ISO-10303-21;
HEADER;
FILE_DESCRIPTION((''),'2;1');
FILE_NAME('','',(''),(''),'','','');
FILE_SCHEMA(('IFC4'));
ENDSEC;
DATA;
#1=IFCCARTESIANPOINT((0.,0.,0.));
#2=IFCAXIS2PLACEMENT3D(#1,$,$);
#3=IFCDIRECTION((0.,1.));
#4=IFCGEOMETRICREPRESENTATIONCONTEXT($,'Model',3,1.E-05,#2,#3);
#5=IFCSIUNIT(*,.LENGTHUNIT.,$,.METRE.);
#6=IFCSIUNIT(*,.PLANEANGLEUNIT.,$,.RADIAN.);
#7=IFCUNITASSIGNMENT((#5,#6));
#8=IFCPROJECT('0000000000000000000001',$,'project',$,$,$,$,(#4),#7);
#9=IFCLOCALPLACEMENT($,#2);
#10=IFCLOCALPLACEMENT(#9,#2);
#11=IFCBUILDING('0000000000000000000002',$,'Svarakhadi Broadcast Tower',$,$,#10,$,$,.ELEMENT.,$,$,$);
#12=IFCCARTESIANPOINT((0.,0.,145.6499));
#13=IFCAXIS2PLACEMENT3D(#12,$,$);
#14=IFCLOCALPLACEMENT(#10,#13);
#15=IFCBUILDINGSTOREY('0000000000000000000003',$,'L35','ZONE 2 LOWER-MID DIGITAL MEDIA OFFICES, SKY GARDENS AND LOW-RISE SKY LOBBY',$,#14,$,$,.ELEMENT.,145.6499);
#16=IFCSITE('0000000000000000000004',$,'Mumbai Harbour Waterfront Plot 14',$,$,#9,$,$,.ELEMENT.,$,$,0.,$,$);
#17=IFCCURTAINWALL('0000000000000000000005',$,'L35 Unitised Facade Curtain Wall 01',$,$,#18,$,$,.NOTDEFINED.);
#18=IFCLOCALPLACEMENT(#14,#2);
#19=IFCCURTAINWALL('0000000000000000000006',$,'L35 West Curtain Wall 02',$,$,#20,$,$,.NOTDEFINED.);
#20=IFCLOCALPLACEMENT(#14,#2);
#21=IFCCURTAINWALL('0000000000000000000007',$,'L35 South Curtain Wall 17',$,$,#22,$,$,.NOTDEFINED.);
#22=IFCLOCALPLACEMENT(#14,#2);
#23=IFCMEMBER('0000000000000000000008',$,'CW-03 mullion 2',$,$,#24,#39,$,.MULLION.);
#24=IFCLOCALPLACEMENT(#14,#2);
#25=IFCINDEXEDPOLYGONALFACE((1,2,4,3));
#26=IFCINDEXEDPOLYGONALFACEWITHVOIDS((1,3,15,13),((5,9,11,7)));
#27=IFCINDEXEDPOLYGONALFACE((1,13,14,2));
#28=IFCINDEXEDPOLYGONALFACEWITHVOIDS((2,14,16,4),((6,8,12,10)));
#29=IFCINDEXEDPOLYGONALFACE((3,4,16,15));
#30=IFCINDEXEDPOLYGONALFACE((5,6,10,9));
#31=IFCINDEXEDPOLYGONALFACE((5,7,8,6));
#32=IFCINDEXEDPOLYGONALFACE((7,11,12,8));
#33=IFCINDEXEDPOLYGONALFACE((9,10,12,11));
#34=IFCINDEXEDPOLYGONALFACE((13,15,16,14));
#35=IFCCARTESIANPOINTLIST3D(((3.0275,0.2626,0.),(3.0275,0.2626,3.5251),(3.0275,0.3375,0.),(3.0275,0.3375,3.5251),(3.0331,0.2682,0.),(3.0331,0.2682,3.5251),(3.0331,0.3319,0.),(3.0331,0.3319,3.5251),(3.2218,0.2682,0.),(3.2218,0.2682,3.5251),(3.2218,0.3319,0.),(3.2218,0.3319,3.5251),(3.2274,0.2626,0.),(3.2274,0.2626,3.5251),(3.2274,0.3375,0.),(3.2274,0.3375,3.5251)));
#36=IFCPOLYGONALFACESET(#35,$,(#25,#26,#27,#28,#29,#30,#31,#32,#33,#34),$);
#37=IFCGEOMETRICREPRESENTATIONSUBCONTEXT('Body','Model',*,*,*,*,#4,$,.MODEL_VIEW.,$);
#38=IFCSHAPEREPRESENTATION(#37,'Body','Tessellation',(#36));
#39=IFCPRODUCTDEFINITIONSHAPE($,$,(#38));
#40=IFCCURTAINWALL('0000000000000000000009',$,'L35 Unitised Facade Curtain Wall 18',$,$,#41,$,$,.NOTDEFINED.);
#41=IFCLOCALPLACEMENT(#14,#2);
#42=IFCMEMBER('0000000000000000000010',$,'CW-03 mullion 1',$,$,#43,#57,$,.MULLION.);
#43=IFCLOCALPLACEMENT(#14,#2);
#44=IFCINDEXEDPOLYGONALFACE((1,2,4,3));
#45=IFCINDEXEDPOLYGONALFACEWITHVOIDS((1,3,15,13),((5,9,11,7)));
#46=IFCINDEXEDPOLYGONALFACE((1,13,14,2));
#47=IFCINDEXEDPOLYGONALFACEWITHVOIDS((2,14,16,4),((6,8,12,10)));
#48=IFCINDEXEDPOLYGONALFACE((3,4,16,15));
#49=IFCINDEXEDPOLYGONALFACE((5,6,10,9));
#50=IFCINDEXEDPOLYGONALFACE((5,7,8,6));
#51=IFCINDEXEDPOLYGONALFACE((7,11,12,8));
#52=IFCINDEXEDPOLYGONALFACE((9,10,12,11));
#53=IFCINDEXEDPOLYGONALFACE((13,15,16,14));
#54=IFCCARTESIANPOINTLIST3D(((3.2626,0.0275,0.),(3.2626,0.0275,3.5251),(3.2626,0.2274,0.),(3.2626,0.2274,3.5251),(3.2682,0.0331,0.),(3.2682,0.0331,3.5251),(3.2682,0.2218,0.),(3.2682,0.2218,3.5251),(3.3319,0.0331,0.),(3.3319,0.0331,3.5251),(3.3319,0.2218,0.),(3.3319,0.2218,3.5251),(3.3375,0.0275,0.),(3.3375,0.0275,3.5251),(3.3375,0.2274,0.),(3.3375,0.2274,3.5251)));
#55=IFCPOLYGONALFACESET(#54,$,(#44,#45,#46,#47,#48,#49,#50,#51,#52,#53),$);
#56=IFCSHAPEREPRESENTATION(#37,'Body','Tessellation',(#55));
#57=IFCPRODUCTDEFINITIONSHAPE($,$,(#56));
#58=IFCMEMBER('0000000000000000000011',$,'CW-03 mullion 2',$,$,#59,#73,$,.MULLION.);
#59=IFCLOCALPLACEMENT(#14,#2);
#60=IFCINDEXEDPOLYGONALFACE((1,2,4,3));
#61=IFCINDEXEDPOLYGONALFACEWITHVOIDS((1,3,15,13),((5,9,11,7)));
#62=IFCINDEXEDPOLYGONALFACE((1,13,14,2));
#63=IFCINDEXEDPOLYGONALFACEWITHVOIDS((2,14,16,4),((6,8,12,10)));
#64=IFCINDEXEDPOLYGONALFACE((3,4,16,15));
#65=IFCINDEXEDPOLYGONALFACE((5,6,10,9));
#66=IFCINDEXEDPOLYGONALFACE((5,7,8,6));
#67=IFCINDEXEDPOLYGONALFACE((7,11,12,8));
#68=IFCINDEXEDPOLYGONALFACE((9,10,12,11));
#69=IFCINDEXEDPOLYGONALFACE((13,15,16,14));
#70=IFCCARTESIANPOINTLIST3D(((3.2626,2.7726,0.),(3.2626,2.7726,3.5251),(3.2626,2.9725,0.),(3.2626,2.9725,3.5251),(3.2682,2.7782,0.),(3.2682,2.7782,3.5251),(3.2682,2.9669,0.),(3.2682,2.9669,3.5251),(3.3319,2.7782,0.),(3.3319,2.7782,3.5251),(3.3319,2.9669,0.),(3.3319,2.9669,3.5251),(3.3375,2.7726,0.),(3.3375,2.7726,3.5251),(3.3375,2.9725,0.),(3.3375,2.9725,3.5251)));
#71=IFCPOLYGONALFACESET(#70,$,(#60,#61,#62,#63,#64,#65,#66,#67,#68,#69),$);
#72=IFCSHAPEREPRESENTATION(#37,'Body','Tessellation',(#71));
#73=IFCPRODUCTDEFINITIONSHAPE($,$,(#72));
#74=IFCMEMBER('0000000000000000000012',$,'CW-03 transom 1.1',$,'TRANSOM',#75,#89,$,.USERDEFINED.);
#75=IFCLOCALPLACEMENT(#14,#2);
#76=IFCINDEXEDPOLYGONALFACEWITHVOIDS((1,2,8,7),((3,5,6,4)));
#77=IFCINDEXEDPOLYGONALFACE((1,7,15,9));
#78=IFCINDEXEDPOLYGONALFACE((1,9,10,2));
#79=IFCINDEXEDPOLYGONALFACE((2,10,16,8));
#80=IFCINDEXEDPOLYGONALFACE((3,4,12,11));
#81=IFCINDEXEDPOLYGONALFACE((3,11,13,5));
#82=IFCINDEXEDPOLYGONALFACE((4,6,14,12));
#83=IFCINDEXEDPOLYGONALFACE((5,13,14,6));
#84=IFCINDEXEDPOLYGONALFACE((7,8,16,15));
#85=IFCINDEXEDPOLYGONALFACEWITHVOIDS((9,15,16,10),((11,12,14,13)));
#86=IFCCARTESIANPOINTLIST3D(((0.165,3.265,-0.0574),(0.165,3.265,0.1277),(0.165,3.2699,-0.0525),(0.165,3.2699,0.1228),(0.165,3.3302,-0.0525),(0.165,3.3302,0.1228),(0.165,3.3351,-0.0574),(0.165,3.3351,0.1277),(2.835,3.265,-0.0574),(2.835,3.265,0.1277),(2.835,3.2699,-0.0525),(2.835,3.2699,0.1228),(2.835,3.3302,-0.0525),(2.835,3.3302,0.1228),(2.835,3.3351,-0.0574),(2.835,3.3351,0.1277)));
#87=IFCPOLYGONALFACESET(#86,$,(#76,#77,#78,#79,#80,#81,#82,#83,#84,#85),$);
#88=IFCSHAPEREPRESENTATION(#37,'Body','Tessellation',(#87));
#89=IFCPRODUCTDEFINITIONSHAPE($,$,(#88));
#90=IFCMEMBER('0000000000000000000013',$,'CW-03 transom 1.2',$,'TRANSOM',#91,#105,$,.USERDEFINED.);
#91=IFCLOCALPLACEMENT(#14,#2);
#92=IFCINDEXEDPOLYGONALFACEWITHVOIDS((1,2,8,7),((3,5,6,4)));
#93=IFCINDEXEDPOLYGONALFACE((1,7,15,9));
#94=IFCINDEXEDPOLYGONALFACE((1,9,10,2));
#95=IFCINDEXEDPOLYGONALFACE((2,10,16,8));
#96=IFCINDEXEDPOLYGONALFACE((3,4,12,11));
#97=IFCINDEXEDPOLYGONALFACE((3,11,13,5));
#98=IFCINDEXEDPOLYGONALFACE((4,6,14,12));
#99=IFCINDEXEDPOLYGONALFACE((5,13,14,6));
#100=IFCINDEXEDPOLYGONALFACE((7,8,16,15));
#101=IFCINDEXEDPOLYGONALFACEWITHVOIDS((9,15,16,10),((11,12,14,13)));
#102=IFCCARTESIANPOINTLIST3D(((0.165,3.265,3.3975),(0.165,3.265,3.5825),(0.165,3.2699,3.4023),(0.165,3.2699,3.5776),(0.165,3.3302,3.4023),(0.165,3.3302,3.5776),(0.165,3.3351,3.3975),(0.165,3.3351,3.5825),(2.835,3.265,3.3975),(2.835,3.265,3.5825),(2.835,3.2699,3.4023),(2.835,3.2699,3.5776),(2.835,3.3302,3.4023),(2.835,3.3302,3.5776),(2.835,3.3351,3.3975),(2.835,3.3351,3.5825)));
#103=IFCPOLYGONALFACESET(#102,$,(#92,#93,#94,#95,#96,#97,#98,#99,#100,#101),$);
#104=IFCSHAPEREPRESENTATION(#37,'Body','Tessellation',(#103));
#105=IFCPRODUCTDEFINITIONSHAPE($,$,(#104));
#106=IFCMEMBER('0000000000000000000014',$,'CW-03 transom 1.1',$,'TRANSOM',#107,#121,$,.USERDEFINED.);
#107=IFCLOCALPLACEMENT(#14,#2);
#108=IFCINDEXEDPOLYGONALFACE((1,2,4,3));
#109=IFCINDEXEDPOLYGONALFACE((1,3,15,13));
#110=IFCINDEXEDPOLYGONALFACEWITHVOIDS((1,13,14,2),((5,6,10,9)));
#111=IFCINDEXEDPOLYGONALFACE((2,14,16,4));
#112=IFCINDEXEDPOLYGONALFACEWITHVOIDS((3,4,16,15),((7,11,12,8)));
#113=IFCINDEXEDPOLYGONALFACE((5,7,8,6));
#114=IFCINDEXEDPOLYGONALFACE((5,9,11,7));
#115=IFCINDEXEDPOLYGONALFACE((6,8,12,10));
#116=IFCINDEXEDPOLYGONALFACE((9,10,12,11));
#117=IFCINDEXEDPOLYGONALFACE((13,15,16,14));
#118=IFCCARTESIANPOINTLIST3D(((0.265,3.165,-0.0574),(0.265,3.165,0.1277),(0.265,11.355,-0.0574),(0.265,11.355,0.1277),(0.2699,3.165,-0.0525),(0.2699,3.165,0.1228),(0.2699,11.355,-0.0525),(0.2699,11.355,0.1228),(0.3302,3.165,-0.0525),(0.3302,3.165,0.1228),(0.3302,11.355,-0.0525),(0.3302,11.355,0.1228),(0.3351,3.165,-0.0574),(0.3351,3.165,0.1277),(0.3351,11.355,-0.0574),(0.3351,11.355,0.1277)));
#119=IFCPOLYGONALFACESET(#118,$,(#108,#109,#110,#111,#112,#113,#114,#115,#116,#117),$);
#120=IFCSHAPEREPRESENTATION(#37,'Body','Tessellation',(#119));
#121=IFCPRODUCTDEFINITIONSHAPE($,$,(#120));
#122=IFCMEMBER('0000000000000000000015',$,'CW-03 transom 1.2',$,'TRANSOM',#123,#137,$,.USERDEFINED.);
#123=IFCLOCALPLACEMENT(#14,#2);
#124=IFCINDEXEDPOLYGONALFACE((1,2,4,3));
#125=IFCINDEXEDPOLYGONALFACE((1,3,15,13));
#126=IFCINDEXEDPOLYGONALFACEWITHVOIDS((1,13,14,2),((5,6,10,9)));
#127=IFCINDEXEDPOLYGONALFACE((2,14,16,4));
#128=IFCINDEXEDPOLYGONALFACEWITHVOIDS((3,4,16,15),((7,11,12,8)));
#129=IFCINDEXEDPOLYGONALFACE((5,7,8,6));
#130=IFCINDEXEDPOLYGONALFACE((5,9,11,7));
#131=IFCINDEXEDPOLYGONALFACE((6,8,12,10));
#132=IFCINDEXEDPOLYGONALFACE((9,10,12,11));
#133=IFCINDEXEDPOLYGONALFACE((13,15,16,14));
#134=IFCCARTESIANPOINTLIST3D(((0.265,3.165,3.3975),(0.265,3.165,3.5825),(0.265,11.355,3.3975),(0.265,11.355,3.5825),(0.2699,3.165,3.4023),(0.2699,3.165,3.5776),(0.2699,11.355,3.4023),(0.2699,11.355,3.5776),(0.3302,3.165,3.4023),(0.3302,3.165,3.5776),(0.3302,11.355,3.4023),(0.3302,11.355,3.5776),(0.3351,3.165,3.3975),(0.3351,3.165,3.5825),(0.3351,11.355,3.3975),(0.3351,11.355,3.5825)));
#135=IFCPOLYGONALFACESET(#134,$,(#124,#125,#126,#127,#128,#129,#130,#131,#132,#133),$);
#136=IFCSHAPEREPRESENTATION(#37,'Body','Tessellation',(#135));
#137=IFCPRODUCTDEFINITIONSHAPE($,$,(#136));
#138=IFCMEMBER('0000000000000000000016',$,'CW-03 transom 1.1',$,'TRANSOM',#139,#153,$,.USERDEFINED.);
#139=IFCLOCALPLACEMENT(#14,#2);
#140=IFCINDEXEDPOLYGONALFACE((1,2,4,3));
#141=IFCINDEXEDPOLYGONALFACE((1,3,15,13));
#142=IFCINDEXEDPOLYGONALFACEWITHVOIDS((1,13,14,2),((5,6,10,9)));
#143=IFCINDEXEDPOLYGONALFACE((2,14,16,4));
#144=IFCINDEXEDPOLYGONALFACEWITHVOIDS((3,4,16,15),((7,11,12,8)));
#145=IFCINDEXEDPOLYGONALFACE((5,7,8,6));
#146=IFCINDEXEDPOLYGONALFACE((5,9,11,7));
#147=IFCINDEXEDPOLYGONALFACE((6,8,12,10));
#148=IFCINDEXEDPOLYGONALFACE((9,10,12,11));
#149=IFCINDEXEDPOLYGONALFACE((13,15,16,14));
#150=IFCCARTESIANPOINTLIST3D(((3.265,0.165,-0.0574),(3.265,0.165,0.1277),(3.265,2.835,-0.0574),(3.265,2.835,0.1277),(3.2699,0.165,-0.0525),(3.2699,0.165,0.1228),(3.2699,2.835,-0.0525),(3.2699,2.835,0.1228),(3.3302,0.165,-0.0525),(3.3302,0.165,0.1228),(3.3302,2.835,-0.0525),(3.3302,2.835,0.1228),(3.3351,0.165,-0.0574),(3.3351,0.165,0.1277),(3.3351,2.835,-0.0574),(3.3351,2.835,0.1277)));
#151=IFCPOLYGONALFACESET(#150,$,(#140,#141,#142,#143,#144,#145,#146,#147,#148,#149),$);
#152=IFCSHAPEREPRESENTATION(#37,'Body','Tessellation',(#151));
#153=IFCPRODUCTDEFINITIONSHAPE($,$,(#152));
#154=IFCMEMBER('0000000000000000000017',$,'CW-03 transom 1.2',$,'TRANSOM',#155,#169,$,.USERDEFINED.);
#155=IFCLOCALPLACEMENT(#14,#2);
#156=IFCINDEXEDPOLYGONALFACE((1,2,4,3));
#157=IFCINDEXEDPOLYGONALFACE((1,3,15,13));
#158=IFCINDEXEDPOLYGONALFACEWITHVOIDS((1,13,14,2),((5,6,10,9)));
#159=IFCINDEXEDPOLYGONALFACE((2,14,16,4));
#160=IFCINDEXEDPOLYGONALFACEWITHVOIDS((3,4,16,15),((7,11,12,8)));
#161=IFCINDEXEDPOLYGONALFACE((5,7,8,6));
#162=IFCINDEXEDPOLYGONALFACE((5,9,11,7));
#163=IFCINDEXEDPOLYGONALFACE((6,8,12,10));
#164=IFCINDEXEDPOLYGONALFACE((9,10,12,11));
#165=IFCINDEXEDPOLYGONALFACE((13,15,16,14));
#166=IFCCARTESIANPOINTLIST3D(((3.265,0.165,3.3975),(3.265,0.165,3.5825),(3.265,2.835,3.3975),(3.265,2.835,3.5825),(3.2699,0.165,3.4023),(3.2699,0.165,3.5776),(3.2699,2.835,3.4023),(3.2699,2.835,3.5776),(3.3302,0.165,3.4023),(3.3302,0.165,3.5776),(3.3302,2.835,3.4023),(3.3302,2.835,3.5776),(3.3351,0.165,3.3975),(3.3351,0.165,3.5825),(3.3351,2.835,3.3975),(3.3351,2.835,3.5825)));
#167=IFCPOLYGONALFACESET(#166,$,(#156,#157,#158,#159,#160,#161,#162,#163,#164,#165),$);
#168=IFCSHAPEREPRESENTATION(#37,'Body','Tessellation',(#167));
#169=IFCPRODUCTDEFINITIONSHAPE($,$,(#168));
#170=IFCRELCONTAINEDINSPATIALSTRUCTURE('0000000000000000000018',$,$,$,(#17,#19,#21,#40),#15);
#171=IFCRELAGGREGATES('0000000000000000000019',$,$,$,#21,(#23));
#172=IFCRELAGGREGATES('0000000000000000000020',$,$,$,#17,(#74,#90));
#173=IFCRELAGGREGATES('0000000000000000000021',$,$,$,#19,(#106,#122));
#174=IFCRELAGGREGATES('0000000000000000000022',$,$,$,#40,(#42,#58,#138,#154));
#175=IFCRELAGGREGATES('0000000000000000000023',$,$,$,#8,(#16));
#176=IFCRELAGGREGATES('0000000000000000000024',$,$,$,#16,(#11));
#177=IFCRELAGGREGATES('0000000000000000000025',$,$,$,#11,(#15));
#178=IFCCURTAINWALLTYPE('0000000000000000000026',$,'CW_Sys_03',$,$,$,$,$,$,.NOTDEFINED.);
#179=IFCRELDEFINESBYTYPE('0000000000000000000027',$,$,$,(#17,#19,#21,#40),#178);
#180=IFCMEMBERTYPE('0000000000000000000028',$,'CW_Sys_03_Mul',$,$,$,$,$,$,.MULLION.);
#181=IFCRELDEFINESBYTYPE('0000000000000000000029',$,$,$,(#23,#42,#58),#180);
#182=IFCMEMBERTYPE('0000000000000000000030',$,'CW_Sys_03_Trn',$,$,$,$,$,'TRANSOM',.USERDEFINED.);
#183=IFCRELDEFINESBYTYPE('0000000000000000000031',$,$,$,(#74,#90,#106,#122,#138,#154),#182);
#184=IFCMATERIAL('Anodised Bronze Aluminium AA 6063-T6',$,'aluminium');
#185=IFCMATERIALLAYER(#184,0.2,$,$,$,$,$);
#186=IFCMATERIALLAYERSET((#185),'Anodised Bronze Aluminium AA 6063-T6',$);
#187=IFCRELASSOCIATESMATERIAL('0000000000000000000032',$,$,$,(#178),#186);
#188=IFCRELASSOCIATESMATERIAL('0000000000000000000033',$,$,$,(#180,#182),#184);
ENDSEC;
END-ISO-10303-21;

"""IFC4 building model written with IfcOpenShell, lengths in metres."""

from ifc_helpers import new_model, si_unit, direction, frame, origin, origin_2d, place, context, subcontext, project, spatial, hollow_rectangle, extrude, material, layer, layer_set, material_profile, profile_set, type_object, element, aggregate, save


model = new_model("IFC4")

# Units and contexts
model_context = context("Model", 3, precision=1e-05, world=origin(), true_north=direction((0.0, 1.0)))
body_context = subcontext(model_context, "Body", "Model", "MODEL_VIEW")
ifc_project = project(units=[si_unit("LENGTHUNIT", "METRE"), si_unit("PLANEANGLEUNIT", "RADIAN")], contexts=[model_context])

# Site, building, storey
site_placement = place(None, origin())
site = spatial("IfcSite", under=ifc_project, at=site_placement, Name="Mumbai Harbour Waterfront Plot 14", CompositionType="ELEMENT", RefElevation=0.0)
building_placement = place(site_placement, origin())
building = spatial("IfcBuilding", under=site, at=building_placement, Name="Svarakhadi Broadcast Tower", CompositionType="ELEMENT")
storey_placement = place(building_placement, frame((0.0, 0.0, 145.6499)))
storey = spatial("IfcBuildingStorey", under=building, at=storey_placement, Name="L35", Description="ZONE 2 LOWER-MID DIGITAL MEDIA OFFICES, SKY GARDENS AND LOW-RISE SKY LOBBY", CompositionType="ELEMENT", Elevation=145.6499)

# Curtain wall
ifc_material_1 = material(Name="Anodised Bronze Aluminium AA 6063-T6", Category="aluminium")
ifc_layer_1 = layer(ifc_material_1, 0.2)
ifc_layer_set_1 = layer_set([ifc_layer_1], Name="Anodised Bronze Aluminium AA 6063-T6")
curtain_wall_type = type_object("IfcCurtainWallType", Name="CW_Sys_03", PredefinedType="NOTDEFINED", material=ifc_layer_set_1)
curtain_wall_1_placement = place(storey_placement, origin())
curtain_wall_1 = element("IfcCurtainWall", 1, at=curtain_wall_1_placement, inside=storey, type_object=curtain_wall_type, Name="L35 Unitised Facade Curtain Wall 01", PredefinedType="NOTDEFINED")
ifc_material_profile_1 = material_profile(ifc_material_1, hollow_rectangle(XDim=0.075, YDim=0.2, WallThickness=0.0056, at=origin_2d()), Name="ALU MULLION 200x75x6")
ifc_profile_set_1 = profile_set([ifc_material_profile_1], Name="Anodised Bronze Aluminium AA 6063-T6")
member_type_1 = type_object("IfcMemberType", Name="CW_Sys_03_Mul", PredefinedType="MULLION", material=ifc_profile_set_1)

# Curtain walls, member
curtain_wall_2_placement = place(storey_placement, origin())
curtain_wall_2 = element("IfcCurtainWall", 2, at=curtain_wall_2_placement, inside=storey, type_object=curtain_wall_type, Name="L35 West Curtain Wall 02", PredefinedType="NOTDEFINED")
curtain_wall_3_placement = place(storey_placement, origin())
curtain_wall_3 = element("IfcCurtainWall", 3, at=curtain_wall_3_placement, inside=storey, type_object=curtain_wall_type, Name="L35 South Curtain Wall 17", PredefinedType="NOTDEFINED")
member_1_placement = place(storey_placement, frame((3.1274, 0.3, 0.0), z_axis=(0.0, 0.0, 1.0), x_axis=(0.0, -1.0, 0.0)))
member_1 = element("IfcMember", 4, at=member_1_placement, type_object=member_type_1, Name="CW-03 mullion 2", PredefinedType="MULLION", context=body_context, shape_type="SweptSolid", body=[
    extrude(hollow_rectangle(XDim=0.075, YDim=0.2, WallThickness=0.0056, at=origin_2d()), origin(), (0.0, 0.0, 1.0), 3.5251),
])
aggregate(curtain_wall_3, [member_1])

# Curtain wall, members
curtain_wall_4_placement = place(storey_placement, origin())
curtain_wall_4 = element("IfcCurtainWall", 5, at=curtain_wall_4_placement, inside=storey, type_object=curtain_wall_type, Name="L35 Unitised Facade Curtain Wall 18", PredefinedType="NOTDEFINED")
member_2_placement = place(storey_placement, frame((3.3, 0.1274, 0.0), z_axis=(0.0, 0.0, 1.0), x_axis=(-1.0, 0.0, 0.0)))
member_2 = element("IfcMember", 6, at=member_2_placement, type_object=member_type_1, Name="CW-03 mullion 1", PredefinedType="MULLION", context=body_context, shape_type="SweptSolid", body=[
    extrude(hollow_rectangle(XDim=0.075, YDim=0.2, WallThickness=0.0056, at=origin_2d()), origin(), (0.0, 0.0, 1.0), 3.5251),
])
member_3_placement = place(storey_placement, frame((3.3, 2.8726, 0.0), z_axis=(0.0, 0.0, 1.0), x_axis=(-1.0, 0.0, 0.0)))
member_3 = element("IfcMember", 7, at=member_3_placement, type_object=member_type_1, Name="CW-03 mullion 2", PredefinedType="MULLION", context=body_context, shape_type="SweptSolid", body=[
    extrude(hollow_rectangle(XDim=0.075, YDim=0.2, WallThickness=0.0056, at=origin_2d()), origin(), (0.0, 0.0, 1.0), 3.5251),
])

# Members
ifc_material_profile_2 = material_profile(ifc_material_1, hollow_rectangle(XDim=0.0701, YDim=0.1851, WallThickness=0.0049, at=origin_2d()), Name="ALU TRANSOM 185x70x5")
ifc_profile_set_2 = profile_set([ifc_material_profile_2], Name="Anodised Bronze Aluminium AA 6063-T6")
member_type_2 = type_object("IfcMemberType", Name="CW_Sys_03_Trn", ElementType="TRANSOM", PredefinedType="USERDEFINED", material=ifc_profile_set_2)
member_4_placement = place(storey_placement, frame((2.835, 3.3, 0.0352), z_axis=(-1.0, 0.0, 0.0), x_axis=(0.0, -1.0, 0.0)))
member_4 = element("IfcMember", 8, at=member_4_placement, type_object=member_type_2, Name="CW-03 transom 1.1", ObjectType="TRANSOM", PredefinedType="USERDEFINED", context=body_context, shape_type="SweptSolid", body=[
    extrude(hollow_rectangle(XDim=0.0701, YDim=0.1851, WallThickness=0.0049, at=origin_2d()), origin(), (0.0, 0.0, 1.0), 2.6699),
])
member_5_placement = place(storey_placement, frame((2.835, 3.3, 3.49), z_axis=(-1.0, 0.0, 0.0), x_axis=(0.0, -1.0, 0.0)))
member_5 = element("IfcMember", 9, at=member_5_placement, type_object=member_type_2, Name="CW-03 transom 1.2", ObjectType="TRANSOM", PredefinedType="USERDEFINED", context=body_context, shape_type="SweptSolid", body=[
    extrude(hollow_rectangle(XDim=0.0701, YDim=0.1851, WallThickness=0.0049, at=origin_2d()), origin(), (0.0, 0.0, 1.0), 2.6699),
])
member_6_placement = place(storey_placement, frame((0.3, 3.165, 0.0352), z_axis=(0.0, 1.0, 0.0), x_axis=(-1.0, 0.0, 0.0)))
member_6 = element("IfcMember", 10, at=member_6_placement, type_object=member_type_2, Name="CW-03 transom 1.1", ObjectType="TRANSOM", PredefinedType="USERDEFINED", context=body_context, shape_type="SweptSolid", body=[
    extrude(hollow_rectangle(XDim=0.0701, YDim=0.1851, WallThickness=0.0049, at=origin_2d()), origin(), (0.0, 0.0, 1.0), 8.1899),
])
member_7_placement = place(storey_placement, frame((0.3, 3.165, 3.49), z_axis=(0.0, 1.0, 0.0), x_axis=(-1.0, 0.0, 0.0)))
member_7 = element("IfcMember", 11, at=member_7_placement, type_object=member_type_2, Name="CW-03 transom 1.2", ObjectType="TRANSOM", PredefinedType="USERDEFINED", context=body_context, shape_type="SweptSolid", body=[
    extrude(hollow_rectangle(XDim=0.0701, YDim=0.1851, WallThickness=0.0049, at=origin_2d()), origin(), (0.0, 0.0, 1.0), 8.1899),
])
member_8_placement = place(storey_placement, frame((3.3, 0.165, 0.0352), z_axis=(0.0, 1.0, 0.0), x_axis=(-1.0, 0.0, 0.0)))
member_8 = element("IfcMember", 12, at=member_8_placement, type_object=member_type_2, Name="CW-03 transom 1.1", ObjectType="TRANSOM", PredefinedType="USERDEFINED", context=body_context, shape_type="SweptSolid", body=[
    extrude(hollow_rectangle(XDim=0.0701, YDim=0.1851, WallThickness=0.0049, at=origin_2d()), origin(), (0.0, 0.0, 1.0), 2.6699),
])
member_9_placement = place(storey_placement, frame((3.3, 0.165, 3.49), z_axis=(0.0, 1.0, 0.0), x_axis=(-1.0, 0.0, 0.0)))
member_9 = element("IfcMember", 13, at=member_9_placement, type_object=member_type_2, Name="CW-03 transom 1.2", ObjectType="TRANSOM", PredefinedType="USERDEFINED", context=body_context, shape_type="SweptSolid", body=[
    extrude(hollow_rectangle(XDim=0.0701, YDim=0.1851, WallThickness=0.0049, at=origin_2d()), origin(), (0.0, 0.0, 1.0), 2.6699),
])

aggregate(curtain_wall_1, [member_4, member_5])
aggregate(curtain_wall_2, [member_6, member_7])
aggregate(curtain_wall_4, [member_2, member_3, member_8, member_9])

save(model, "model.ifc")
